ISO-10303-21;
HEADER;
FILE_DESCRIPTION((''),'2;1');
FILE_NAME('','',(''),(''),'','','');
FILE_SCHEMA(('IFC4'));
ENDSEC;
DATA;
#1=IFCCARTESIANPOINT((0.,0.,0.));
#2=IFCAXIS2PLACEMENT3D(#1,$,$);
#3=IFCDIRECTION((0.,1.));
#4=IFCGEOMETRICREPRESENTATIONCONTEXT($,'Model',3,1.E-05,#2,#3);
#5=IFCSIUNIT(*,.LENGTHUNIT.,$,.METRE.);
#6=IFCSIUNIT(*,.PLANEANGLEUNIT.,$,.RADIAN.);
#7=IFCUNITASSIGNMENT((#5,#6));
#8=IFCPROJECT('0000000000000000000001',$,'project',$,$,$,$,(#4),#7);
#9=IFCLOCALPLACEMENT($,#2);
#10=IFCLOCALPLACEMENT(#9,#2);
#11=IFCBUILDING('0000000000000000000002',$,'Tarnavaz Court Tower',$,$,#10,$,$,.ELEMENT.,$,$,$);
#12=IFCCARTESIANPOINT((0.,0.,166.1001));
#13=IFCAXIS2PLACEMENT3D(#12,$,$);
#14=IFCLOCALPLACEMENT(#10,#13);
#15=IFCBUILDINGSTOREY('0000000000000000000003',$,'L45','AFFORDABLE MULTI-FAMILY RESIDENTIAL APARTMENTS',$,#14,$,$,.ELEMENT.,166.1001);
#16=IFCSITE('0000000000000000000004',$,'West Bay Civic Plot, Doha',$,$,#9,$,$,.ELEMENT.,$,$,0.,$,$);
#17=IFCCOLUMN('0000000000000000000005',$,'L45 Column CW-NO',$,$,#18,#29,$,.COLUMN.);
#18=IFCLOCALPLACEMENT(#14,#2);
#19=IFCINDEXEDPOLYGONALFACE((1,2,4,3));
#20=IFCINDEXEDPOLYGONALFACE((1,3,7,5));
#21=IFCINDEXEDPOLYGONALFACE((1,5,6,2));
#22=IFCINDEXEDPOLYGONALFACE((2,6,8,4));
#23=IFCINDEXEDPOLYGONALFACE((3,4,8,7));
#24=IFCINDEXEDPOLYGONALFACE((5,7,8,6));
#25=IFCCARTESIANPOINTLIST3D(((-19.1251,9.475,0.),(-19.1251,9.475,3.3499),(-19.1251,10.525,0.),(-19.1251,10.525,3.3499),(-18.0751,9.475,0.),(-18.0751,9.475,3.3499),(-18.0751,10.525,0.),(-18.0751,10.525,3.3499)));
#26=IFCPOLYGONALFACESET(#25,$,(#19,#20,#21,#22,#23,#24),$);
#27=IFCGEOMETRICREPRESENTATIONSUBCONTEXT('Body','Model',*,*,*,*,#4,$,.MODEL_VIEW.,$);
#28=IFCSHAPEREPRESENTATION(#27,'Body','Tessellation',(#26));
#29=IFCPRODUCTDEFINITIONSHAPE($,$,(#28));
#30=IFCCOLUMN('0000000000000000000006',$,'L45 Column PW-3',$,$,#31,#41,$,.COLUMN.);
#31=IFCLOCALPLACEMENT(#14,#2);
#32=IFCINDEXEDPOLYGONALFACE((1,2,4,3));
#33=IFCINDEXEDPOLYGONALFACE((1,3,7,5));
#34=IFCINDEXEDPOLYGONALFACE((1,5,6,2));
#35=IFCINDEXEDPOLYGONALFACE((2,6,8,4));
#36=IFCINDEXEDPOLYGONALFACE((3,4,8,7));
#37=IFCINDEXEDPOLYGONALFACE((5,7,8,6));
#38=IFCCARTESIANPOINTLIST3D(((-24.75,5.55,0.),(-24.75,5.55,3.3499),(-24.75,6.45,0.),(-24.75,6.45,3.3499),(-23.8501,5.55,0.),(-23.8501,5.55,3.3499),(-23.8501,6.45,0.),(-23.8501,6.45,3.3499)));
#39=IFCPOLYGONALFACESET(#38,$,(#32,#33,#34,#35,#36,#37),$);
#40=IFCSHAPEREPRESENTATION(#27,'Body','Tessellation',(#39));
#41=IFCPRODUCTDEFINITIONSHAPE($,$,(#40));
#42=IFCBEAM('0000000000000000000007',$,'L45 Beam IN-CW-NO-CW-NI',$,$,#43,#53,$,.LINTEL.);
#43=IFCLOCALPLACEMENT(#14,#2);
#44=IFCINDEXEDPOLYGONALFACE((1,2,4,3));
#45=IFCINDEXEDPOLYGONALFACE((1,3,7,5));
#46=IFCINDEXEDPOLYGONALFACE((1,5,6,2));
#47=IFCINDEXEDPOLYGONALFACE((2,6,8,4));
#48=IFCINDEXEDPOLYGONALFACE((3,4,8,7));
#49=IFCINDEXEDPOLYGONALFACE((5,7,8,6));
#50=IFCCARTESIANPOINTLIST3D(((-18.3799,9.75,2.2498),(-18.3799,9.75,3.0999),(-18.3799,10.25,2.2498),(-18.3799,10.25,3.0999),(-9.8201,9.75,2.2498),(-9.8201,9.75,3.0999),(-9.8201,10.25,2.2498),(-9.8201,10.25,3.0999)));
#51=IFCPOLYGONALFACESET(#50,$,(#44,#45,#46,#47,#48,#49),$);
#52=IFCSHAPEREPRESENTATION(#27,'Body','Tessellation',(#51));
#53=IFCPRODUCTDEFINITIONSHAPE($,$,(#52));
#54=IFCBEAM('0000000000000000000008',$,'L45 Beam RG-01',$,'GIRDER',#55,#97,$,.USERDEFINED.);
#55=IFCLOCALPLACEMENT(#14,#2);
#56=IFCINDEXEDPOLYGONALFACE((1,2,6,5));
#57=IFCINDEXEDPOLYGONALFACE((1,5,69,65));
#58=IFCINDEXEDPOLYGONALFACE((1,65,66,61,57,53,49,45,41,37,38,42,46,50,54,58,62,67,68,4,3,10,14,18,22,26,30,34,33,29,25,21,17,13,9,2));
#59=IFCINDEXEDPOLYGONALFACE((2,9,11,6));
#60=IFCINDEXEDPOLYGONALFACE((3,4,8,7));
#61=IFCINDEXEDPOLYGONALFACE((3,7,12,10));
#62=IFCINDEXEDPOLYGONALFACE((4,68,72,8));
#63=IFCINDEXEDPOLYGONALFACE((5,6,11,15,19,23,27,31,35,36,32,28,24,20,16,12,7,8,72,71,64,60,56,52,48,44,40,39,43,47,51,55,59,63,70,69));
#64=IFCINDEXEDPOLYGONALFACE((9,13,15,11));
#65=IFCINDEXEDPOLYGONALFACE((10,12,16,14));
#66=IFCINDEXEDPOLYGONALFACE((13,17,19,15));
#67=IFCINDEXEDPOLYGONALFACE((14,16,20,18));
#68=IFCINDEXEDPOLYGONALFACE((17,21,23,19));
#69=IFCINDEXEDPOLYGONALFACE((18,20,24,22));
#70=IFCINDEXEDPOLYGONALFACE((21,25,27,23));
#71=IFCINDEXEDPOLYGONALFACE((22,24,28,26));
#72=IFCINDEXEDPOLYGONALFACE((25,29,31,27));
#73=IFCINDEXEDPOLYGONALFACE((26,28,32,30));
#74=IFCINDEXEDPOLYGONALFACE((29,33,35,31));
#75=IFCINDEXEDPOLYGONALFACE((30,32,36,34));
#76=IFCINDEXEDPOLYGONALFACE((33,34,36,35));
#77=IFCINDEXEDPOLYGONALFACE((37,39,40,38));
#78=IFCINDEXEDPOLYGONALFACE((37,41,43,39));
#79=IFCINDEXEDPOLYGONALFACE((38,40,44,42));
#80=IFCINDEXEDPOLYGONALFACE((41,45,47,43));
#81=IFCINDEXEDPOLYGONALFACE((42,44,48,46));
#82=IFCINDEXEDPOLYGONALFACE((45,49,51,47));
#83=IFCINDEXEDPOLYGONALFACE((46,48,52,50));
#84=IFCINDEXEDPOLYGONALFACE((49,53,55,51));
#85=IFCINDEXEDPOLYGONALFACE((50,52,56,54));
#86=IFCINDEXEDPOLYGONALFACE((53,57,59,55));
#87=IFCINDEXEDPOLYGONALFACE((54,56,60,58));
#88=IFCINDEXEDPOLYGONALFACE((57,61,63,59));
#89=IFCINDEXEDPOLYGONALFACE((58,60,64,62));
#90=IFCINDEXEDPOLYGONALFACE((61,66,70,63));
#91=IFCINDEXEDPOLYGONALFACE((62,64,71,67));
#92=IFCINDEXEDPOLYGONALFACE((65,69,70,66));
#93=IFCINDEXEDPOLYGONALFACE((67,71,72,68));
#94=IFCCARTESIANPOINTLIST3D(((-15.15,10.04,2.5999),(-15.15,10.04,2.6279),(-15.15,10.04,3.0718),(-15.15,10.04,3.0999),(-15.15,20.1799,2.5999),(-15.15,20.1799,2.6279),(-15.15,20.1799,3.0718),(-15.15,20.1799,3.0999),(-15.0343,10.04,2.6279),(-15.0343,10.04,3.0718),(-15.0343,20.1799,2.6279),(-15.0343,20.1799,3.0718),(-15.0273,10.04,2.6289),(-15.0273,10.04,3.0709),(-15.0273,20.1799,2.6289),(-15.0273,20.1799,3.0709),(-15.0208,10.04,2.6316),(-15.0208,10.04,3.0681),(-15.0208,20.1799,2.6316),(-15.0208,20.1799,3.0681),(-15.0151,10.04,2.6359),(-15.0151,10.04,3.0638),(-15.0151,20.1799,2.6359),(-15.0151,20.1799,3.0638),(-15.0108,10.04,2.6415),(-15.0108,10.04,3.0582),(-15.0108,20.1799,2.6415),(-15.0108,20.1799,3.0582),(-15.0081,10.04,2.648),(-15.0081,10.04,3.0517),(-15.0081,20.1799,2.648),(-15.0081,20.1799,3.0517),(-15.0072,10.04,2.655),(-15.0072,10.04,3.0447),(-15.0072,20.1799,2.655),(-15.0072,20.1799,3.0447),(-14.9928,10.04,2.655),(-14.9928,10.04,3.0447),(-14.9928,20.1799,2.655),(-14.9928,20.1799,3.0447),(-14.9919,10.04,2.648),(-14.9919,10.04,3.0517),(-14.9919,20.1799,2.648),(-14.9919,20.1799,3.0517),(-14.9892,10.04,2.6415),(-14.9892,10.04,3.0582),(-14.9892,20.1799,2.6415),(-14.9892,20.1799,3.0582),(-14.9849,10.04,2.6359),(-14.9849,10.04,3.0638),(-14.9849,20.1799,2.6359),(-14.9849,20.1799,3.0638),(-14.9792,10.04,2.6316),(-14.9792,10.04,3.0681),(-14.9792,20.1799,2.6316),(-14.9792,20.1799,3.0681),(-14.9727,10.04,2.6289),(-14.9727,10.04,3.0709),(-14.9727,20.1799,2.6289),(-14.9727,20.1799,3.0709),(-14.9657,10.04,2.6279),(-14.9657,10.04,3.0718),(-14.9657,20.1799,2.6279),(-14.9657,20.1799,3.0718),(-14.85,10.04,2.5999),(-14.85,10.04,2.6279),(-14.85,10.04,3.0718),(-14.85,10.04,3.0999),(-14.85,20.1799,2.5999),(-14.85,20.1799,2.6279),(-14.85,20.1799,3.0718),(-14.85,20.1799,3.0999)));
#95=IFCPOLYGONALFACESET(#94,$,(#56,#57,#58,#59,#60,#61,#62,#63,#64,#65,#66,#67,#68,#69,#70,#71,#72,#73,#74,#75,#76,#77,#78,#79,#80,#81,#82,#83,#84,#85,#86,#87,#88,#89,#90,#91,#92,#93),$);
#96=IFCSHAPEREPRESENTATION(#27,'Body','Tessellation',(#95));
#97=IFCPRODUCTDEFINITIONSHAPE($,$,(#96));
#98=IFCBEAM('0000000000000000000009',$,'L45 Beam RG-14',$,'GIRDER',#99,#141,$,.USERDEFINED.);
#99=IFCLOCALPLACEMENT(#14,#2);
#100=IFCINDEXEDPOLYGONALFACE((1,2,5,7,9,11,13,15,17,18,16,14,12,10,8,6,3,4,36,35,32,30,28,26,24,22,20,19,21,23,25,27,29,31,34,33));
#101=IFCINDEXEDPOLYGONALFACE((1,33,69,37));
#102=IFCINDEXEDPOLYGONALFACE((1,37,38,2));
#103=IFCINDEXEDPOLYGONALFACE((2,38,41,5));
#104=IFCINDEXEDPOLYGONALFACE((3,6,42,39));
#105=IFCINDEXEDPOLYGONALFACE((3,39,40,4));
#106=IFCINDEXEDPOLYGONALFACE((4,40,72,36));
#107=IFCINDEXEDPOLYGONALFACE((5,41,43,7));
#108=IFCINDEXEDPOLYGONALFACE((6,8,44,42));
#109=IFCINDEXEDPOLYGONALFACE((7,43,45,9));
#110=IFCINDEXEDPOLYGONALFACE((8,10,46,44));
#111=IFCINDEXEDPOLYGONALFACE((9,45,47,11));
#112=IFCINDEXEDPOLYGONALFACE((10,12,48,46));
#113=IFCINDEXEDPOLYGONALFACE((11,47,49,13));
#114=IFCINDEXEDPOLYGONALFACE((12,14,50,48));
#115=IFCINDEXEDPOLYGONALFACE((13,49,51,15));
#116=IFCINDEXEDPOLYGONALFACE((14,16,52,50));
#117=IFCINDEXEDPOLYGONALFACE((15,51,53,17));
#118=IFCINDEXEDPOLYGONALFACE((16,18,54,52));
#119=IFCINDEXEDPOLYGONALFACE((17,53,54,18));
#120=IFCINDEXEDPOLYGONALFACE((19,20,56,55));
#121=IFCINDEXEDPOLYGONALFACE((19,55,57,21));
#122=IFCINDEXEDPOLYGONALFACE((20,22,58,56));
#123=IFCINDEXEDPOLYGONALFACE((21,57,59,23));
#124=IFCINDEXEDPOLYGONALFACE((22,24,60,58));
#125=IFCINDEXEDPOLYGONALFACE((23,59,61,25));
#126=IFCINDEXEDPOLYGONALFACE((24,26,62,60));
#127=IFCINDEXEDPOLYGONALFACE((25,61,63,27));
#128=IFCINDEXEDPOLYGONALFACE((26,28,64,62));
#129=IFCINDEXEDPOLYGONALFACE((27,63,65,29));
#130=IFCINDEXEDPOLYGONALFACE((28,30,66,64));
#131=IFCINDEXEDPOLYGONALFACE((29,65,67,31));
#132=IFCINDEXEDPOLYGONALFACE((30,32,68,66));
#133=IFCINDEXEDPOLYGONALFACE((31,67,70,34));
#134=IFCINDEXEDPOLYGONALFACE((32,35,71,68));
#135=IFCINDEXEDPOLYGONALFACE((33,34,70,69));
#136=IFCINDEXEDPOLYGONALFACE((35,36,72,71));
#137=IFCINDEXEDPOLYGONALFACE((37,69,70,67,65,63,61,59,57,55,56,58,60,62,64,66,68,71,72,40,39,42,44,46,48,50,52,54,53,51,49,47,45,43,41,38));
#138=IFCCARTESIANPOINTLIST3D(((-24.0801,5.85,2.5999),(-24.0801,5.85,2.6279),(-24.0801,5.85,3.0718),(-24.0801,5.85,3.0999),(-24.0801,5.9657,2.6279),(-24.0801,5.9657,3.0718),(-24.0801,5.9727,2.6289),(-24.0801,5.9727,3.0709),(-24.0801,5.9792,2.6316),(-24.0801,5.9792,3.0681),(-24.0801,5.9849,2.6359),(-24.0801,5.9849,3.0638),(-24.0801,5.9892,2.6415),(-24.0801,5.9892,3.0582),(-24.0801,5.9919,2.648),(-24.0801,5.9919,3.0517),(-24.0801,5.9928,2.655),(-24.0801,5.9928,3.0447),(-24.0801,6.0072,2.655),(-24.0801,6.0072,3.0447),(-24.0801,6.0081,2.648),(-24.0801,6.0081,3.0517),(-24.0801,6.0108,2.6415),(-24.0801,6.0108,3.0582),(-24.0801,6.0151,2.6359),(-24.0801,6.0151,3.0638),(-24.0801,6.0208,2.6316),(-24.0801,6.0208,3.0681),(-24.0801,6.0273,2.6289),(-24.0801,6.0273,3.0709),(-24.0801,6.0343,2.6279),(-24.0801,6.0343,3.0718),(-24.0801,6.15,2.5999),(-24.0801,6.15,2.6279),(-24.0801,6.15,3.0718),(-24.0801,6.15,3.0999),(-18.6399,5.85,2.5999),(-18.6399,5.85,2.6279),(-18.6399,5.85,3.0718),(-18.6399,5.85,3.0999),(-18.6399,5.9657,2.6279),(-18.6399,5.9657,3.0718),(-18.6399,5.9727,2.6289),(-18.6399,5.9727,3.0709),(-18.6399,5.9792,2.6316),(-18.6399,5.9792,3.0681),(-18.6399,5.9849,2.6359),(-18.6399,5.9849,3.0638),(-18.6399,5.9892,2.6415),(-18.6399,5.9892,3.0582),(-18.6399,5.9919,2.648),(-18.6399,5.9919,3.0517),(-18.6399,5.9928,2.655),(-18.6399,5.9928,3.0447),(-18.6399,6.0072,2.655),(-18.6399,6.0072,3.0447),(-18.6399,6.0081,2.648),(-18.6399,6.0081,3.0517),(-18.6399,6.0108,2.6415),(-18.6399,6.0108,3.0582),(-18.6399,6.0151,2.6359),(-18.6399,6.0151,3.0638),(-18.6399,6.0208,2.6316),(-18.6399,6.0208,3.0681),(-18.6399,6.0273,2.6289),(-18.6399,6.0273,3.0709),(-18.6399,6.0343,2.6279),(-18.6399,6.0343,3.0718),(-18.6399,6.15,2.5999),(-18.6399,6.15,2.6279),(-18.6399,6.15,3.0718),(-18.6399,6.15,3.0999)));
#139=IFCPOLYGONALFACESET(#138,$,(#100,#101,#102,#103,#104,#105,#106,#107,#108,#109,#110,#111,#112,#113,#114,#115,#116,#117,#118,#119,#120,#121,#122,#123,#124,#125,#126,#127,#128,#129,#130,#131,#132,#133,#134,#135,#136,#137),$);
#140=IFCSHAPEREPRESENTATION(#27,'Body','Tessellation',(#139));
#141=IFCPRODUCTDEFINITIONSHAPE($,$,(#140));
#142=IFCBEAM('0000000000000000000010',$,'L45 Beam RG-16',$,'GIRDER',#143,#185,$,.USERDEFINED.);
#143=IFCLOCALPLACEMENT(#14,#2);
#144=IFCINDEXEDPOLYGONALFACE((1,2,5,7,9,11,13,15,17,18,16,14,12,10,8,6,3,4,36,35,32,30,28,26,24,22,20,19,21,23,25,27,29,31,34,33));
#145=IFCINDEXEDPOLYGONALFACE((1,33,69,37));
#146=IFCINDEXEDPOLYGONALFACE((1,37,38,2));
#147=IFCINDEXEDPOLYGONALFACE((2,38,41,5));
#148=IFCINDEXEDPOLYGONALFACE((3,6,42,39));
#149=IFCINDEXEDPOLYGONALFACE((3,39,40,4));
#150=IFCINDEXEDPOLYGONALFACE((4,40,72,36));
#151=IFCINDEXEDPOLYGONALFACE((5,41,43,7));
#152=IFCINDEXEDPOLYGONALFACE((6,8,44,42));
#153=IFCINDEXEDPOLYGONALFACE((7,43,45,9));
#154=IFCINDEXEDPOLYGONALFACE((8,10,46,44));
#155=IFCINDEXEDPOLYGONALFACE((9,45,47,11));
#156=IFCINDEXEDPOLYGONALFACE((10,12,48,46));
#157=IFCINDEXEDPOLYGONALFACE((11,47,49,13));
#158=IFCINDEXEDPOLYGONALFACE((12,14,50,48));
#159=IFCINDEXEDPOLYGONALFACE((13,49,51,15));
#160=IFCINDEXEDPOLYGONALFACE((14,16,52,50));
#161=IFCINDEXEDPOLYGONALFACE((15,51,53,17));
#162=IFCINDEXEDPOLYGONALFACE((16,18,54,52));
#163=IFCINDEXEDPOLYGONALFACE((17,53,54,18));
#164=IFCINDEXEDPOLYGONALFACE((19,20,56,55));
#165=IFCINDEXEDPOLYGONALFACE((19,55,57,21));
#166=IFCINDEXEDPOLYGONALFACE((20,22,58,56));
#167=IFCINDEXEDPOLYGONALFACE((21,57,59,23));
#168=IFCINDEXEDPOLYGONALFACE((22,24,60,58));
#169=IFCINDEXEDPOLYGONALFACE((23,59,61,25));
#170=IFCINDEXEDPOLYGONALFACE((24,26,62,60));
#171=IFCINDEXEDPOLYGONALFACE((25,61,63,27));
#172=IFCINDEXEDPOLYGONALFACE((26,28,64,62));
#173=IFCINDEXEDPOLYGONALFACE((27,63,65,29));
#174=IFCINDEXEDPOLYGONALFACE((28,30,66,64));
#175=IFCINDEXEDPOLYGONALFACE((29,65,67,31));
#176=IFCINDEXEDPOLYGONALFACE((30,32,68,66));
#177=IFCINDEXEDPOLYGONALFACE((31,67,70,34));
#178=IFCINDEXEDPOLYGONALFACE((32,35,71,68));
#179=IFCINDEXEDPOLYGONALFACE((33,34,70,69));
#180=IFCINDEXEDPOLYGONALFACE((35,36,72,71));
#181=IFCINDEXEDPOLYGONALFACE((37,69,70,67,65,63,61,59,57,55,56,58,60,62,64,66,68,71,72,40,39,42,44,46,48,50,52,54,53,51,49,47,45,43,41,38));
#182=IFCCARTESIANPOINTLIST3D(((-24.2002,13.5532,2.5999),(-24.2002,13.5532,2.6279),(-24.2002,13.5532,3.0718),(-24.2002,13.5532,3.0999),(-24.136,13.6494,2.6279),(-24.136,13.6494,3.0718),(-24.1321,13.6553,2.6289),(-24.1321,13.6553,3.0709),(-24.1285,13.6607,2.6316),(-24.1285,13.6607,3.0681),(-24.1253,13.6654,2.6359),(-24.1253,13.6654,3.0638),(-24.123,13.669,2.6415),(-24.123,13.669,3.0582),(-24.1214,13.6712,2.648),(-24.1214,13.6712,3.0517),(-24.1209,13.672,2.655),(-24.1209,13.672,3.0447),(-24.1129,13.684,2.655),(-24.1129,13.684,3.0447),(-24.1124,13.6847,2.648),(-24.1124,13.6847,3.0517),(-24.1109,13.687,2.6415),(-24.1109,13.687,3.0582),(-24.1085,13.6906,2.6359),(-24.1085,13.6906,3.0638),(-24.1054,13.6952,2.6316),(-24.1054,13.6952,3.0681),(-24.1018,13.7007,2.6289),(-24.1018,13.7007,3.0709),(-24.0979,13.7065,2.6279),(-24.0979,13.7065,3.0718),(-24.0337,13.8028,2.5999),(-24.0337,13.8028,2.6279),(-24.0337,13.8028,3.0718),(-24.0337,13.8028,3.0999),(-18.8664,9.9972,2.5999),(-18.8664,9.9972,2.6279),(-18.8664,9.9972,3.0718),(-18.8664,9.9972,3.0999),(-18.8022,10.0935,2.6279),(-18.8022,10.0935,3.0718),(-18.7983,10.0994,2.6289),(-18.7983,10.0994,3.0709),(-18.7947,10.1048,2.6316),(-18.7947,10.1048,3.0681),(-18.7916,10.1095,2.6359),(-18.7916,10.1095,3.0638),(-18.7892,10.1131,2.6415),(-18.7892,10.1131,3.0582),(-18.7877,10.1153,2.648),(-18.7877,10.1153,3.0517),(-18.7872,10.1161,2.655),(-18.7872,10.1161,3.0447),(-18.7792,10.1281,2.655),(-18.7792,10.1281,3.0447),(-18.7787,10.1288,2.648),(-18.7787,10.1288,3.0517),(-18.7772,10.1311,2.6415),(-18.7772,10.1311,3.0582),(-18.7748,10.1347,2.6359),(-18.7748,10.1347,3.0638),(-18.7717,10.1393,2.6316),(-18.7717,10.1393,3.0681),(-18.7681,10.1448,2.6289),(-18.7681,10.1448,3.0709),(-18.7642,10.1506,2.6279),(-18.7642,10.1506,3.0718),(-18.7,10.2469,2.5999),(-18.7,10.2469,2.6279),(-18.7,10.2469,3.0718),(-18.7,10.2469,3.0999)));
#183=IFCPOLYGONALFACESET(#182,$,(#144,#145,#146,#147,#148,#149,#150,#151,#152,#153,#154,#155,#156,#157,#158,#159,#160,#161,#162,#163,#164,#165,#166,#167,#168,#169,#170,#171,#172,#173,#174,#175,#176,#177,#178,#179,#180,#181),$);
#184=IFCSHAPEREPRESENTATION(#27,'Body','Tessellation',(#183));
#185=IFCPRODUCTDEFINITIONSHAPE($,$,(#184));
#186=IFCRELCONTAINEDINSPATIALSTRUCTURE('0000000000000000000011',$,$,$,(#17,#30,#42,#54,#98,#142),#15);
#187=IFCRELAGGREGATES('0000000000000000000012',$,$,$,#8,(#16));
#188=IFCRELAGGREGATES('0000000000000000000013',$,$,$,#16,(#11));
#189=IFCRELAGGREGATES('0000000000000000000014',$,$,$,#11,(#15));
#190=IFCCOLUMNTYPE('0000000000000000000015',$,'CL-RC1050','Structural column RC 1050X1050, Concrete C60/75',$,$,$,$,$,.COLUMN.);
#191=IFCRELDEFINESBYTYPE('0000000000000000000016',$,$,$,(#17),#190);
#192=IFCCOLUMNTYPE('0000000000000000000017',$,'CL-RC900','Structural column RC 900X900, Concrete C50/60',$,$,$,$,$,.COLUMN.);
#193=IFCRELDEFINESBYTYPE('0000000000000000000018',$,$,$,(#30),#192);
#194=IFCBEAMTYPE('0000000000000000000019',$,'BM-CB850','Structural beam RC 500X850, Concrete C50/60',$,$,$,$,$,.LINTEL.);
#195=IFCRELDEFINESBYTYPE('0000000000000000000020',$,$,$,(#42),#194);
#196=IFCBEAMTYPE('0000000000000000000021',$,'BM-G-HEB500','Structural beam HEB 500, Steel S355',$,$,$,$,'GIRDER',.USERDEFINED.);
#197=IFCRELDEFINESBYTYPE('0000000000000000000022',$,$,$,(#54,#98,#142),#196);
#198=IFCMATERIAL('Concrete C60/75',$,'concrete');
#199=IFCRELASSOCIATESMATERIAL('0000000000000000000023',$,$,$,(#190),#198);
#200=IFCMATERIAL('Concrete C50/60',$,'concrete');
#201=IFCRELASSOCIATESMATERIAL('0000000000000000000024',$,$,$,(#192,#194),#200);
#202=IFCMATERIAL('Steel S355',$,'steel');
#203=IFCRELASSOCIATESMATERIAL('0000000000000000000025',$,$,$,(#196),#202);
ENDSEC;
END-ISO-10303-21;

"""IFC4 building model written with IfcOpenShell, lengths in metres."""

from ifc_helpers import new_model, si_unit, direction, frame, origin, origin_2d, place, context, subcontext, project, spatial, rectangle, i_section, extrude, material, material_profile, profile_set, type_object, element, save


model = new_model("IFC4")

# Units and contexts
model_context = context("Model", 3, precision=1e-05, world=origin(), true_north=direction((0.0, 1.0)))
body_context = subcontext(model_context, "Body", "Model", "MODEL_VIEW")
ifc_project = project(units=[si_unit("LENGTHUNIT", "METRE"), si_unit("PLANEANGLEUNIT", "RADIAN")], contexts=[model_context])

# Site, building, storey
site_placement = place(None, origin())
site = spatial("IfcSite", under=ifc_project, at=site_placement, Name="West Bay Civic Plot, Doha", CompositionType="ELEMENT", RefElevation=0.0)
building_placement = place(site_placement, origin())
building = spatial("IfcBuilding", under=site, at=building_placement, Name="Tarnavaz Court Tower", CompositionType="ELEMENT")
storey_placement = place(building_placement, frame((0.0, 0.0, 166.1001)))
storey = spatial("IfcBuildingStorey", under=building, at=storey_placement, Name="L45", Description="AFFORDABLE MULTI-FAMILY RESIDENTIAL APARTMENTS", CompositionType="ELEMENT", Elevation=166.1001)

# Columns
ifc_material_1 = material(Name="Concrete C60/75", Category="concrete")
ifc_material_profile_1 = material_profile(ifc_material_1, rectangle(XDim=1.05, YDim=1.05, at=origin_2d()), Name="RC 1050X1050")
ifc_profile_set_1 = profile_set([ifc_material_profile_1], Name="Concrete C60/75")
column_type_1 = type_object("IfcColumnType", Name="CL-RC1050", Description="Structural column RC 1050X1050, Concrete C60/75", PredefinedType="COLUMN", material=ifc_profile_set_1)
column_1_placement = place(storey_placement, frame((-18.6001, 10.0, 0.0), z_axis=(0.0, 0.0, 1.0), x_axis=(1.0, 0.0, 0.0)))
element("IfcColumn", 1, at=column_1_placement, inside=storey, type_object=column_type_1, Name="L45 Column CW-NO", PredefinedType="COLUMN", context=body_context, shape_type="SweptSolid", body=[
    extrude(rectangle(XDim=1.05, YDim=1.05, at=origin_2d()), origin(), (0.0, 0.0, 1.0), 3.3499),
])
ifc_material_2 = material(Name="Concrete C50/60", Category="concrete")
ifc_material_profile_2 = material_profile(ifc_material_2, rectangle(XDim=0.8999, YDim=0.8999, at=origin_2d()), Name="RC 900X900")
ifc_profile_set_2 = profile_set([ifc_material_profile_2], Name="Concrete C50/60")
column_type_2 = type_object("IfcColumnType", Name="CL-RC900", Description="Structural column RC 900X900, Concrete C50/60", PredefinedType="COLUMN", material=ifc_profile_set_2)
column_2_placement = place(storey_placement, frame((-24.3, 6.0, 0.0), z_axis=(0.0, 0.0, 1.0), x_axis=(1.0, 0.0, 0.0)))
element("IfcColumn", 2, at=column_2_placement, inside=storey, type_object=column_type_2, Name="L45 Column PW-3", PredefinedType="COLUMN", context=body_context, shape_type="SweptSolid", body=[
    extrude(rectangle(XDim=0.8999, YDim=0.8999, at=origin_2d()), origin(), (0.0, 0.0, 1.0), 3.3499),
])

# Beams
ifc_material_profile_3 = material_profile(ifc_material_2, rectangle(XDim=0.5, YDim=0.8501, at=origin_2d()), Name="RC 500X850")
ifc_profile_set_3 = profile_set([ifc_material_profile_3], Name="Concrete C50/60")
beam_type_1 = type_object("IfcBeamType", Name="BM-CB850", Description="Structural beam RC 500X850, Concrete C50/60", PredefinedType="LINTEL", material=ifc_profile_set_3)
beam_1_placement = place(storey_placement, frame((-18.3799, 10.0, 2.6748), z_axis=(1.0, 0.0, 0.0), x_axis=(0.0, 1.0, 0.0)))
element("IfcBeam", 3, at=beam_1_placement, inside=storey, type_object=beam_type_1, Name="L45 Beam IN-CW-NO-CW-NI", PredefinedType="LINTEL", context=body_context, shape_type="SweptSolid", body=[
    extrude(rectangle(XDim=0.5, YDim=0.8501, at=origin_2d()), origin(), (0.0, 0.0, 1.0), 8.5598),
])
ifc_material_3 = material(Name="Steel S355", Category="steel")
ifc_material_profile_4 = material_profile(ifc_material_3, i_section(OverallWidth=0.3, OverallDepth=0.5, WebThickness=0.0144, FlangeThickness=0.0281, FilletRadius=0.0271, at=origin_2d()), Name="HEB 500")
ifc_profile_set_4 = profile_set([ifc_material_profile_4], Name="Steel S355")
beam_type_2 = type_object("IfcBeamType", Name="BM-G-HEB500", Description="Structural beam HEB 500, Steel S355", ElementType="GIRDER", PredefinedType="USERDEFINED", material=ifc_profile_set_4)
beam_2_placement = place(storey_placement, frame((-15.0, 10.04, 2.8499), z_axis=(0.0, 1.0, 0.0), x_axis=(-1.0, 0.0, 0.0)))
element("IfcBeam", 4, at=beam_2_placement, inside=storey, type_object=beam_type_2, Name="L45 Beam RG-01", ObjectType="GIRDER", PredefinedType="USERDEFINED", context=body_context, shape_type="SweptSolid", body=[
    extrude(i_section(OverallWidth=0.3, OverallDepth=0.5, WebThickness=0.0144, FlangeThickness=0.0281, FilletRadius=0.0271, at=origin_2d()), origin(), (0.0, 0.0, 1.0), 10.1399),
])
beam_3_placement = place(storey_placement, frame((-18.6399, 6.0, 2.8499), z_axis=(-1.0, 0.0, 0.0), x_axis=(0.0, -1.0, 0.0)))
element("IfcBeam", 5, at=beam_3_placement, inside=storey, type_object=beam_type_2, Name="L45 Beam RG-14", ObjectType="GIRDER", PredefinedType="USERDEFINED", context=body_context, shape_type="SweptSolid", body=[
    extrude(i_section(OverallWidth=0.3, OverallDepth=0.5, WebThickness=0.0144, FlangeThickness=0.0281, FilletRadius=0.0271, at=origin_2d()), origin(), (0.0, 0.0, 1.0), 5.4402),
])
beam_4_placement = place(storey_placement, frame((-18.7832, 10.1221, 2.8499), z_axis=(-0.832044, 0.554709, 0.0), x_axis=(-0.554709, -0.832044, 0.0)))
element("IfcBeam", 6, at=beam_4_placement, inside=storey, type_object=beam_type_2, Name="L45 Beam RG-16", ObjectType="GIRDER", PredefinedType="USERDEFINED", context=body_context, shape_type="SweptSolid", body=[
    extrude(i_section(OverallWidth=0.3, OverallDepth=0.5, WebThickness=0.0144, FlangeThickness=0.0281, FilletRadius=0.0271, at=origin_2d()), origin(), (0.0, 0.0, 1.0), 6.4104),
])

save(model, "model.ifc")
